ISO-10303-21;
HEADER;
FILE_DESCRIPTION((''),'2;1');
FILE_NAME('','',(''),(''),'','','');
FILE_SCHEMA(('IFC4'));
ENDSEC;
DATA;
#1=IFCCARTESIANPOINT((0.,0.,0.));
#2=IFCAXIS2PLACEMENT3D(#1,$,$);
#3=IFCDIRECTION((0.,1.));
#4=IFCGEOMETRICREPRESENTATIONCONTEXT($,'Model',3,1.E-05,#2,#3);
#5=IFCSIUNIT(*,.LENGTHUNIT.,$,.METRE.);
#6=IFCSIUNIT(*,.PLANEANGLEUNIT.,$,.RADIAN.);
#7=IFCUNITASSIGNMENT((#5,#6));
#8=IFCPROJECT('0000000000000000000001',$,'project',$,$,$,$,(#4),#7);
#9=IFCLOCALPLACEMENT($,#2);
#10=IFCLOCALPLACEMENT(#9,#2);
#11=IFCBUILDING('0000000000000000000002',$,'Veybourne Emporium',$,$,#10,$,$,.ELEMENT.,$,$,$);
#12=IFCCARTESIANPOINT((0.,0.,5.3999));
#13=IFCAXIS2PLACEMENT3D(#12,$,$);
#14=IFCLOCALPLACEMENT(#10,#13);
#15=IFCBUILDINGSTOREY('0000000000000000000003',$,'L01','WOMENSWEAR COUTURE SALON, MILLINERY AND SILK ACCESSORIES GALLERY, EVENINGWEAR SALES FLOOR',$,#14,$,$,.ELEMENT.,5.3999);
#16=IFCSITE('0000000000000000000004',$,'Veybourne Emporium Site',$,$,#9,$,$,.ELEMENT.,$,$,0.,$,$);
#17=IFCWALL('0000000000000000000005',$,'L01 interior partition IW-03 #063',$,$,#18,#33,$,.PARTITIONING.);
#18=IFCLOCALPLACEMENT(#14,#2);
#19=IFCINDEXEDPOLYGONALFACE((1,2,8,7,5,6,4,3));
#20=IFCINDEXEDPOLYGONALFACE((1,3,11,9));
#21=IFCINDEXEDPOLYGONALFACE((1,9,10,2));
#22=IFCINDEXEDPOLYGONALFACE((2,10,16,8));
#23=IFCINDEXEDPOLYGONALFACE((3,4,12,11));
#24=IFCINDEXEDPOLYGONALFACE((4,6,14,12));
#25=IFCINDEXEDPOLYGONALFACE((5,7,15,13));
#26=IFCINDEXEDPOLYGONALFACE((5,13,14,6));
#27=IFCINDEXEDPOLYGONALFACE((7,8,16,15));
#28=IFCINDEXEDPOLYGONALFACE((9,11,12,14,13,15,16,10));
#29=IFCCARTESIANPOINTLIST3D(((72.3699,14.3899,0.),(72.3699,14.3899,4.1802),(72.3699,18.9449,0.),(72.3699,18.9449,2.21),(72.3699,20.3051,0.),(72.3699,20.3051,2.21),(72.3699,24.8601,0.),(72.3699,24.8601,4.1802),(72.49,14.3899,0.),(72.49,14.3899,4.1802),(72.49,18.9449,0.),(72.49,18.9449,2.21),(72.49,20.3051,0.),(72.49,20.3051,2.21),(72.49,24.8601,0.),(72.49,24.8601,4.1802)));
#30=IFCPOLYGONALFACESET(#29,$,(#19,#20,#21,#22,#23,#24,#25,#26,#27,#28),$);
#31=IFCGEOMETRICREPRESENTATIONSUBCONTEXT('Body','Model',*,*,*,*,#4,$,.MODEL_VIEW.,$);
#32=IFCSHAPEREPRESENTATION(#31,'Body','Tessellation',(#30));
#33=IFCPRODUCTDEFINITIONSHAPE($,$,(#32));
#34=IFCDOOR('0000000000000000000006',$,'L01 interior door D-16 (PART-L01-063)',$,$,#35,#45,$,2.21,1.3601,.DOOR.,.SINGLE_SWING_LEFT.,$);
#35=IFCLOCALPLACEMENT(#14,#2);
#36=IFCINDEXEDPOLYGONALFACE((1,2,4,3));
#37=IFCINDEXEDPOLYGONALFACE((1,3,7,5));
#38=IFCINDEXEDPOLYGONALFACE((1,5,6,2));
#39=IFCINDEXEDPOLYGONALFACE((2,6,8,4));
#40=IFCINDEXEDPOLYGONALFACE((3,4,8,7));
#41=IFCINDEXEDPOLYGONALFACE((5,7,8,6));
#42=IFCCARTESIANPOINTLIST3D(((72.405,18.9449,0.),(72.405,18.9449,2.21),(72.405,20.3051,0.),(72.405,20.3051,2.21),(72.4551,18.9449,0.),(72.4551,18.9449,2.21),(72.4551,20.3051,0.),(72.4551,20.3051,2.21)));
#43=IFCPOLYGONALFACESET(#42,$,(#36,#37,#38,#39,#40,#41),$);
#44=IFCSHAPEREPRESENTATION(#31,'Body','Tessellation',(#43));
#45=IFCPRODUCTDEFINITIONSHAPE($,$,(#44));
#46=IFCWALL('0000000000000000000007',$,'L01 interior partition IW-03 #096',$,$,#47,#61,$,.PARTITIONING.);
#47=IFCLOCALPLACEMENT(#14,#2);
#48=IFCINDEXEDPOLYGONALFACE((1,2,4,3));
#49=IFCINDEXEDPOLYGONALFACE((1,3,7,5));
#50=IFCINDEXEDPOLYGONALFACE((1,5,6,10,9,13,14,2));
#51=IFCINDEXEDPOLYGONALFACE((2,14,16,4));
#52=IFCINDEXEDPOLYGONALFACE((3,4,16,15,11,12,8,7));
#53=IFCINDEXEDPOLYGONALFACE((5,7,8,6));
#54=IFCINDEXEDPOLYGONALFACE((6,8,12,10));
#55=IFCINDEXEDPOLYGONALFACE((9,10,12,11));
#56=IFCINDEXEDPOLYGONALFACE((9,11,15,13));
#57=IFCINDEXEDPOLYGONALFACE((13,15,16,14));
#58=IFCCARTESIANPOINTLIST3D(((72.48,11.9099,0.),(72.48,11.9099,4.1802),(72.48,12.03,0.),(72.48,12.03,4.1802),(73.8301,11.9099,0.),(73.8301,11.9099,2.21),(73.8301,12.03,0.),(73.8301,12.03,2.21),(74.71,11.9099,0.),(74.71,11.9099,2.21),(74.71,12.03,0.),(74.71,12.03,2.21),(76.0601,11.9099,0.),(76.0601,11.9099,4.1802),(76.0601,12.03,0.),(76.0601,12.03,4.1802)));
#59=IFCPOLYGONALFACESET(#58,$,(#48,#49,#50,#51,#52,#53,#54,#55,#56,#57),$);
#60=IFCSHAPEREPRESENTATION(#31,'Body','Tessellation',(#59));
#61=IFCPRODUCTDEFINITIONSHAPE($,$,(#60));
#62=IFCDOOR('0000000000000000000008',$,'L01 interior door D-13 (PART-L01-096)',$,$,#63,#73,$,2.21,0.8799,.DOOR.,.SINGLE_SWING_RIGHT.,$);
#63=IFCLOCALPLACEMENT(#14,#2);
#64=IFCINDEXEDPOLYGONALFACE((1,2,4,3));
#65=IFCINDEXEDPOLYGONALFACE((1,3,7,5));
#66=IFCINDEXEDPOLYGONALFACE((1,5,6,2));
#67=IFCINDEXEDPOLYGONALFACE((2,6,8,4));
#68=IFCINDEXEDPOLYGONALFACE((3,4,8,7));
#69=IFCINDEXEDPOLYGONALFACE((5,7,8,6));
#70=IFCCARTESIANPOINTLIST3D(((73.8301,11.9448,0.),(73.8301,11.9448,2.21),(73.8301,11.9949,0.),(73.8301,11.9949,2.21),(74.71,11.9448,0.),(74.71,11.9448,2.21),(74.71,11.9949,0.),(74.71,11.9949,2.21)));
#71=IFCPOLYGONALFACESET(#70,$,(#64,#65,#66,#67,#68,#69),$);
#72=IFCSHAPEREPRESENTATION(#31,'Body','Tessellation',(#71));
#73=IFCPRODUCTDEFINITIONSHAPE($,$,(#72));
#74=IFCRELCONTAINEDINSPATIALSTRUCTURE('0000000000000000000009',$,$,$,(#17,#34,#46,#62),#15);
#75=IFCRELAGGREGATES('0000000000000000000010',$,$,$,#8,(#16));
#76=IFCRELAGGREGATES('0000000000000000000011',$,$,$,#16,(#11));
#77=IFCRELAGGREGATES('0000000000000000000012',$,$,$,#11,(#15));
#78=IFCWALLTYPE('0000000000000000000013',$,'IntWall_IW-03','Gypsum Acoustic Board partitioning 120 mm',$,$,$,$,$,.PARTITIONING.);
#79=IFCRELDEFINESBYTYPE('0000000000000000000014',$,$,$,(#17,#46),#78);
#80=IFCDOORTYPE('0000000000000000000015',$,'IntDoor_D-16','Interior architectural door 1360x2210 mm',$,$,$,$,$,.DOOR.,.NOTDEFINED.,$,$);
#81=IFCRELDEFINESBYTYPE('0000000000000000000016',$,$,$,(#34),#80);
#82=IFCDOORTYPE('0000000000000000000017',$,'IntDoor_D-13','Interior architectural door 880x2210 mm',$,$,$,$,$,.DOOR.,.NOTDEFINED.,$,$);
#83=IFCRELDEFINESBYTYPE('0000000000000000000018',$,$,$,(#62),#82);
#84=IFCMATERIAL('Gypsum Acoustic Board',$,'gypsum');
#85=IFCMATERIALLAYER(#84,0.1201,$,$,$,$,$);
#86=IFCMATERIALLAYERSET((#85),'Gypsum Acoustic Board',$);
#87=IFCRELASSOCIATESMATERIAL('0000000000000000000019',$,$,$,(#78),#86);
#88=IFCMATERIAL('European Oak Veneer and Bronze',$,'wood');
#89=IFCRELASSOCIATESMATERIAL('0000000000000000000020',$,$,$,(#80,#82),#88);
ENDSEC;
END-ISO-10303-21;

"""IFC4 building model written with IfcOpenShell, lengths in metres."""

from ifc_helpers import new_model, si_unit, direction, frame, frame_2d, origin, place, context, subcontext, project, spatial, rectangle, extrude, material, layer, layer_set, type_object, element, fill, save


model = new_model("IFC4")

# Units and contexts
model_context = context("Model", 3, precision=1e-05, world=origin(), true_north=direction((0.0, 1.0)))
body_context = subcontext(model_context, "Body", "Model", "MODEL_VIEW")
ifc_project = project(units=[si_unit("LENGTHUNIT", "METRE"), si_unit("PLANEANGLEUNIT", "RADIAN")], contexts=[model_context])

# Site, building, storey
site_placement = place(None, origin())
site = spatial("IfcSite", under=ifc_project, at=site_placement, Name="Veybourne Emporium Site", CompositionType="ELEMENT", RefElevation=0.0)
building_placement = place(site_placement, origin())
building = spatial("IfcBuilding", under=site, at=building_placement, Name="Veybourne Emporium", CompositionType="ELEMENT")
storey_placement = place(building_placement, frame((0.0, 0.0, 5.3999)))
storey = spatial("IfcBuildingStorey", under=building, at=storey_placement, Name="L01", Description="WOMENSWEAR COUTURE SALON, MILLINERY AND SILK ACCESSORIES GALLERY, EVENINGWEAR SALES FLOOR", CompositionType="ELEMENT", Elevation=5.3999)

# Shared definitions
ifc_material_1 = material(Name="Gypsum Acoustic Board", Category="gypsum")
ifc_material_2 = material(Name="European Oak Veneer and Bronze", Category="wood")

# Walls, openings, doors
ifc_layer_1 = layer(ifc_material_1, 0.1201)
ifc_layer_set_1 = layer_set([ifc_layer_1], Name="Gypsum Acoustic Board")
wall_type_1 = type_object("IfcWallType", Name="IntWall_IW-03", Description="Gypsum Acoustic Board partitioning 120 mm", PredefinedType="PARTITIONING", material=ifc_layer_set_1)
wall_1_placement = place(storey_placement, frame((72.4299, 14.3899, 0.0), z_axis=(0.0, 0.0, 1.0), x_axis=(0.0, 1.0, 0.0)))
wall_1 = element("IfcWall", 1, at=wall_1_placement, inside=storey, type_object=wall_type_1, Name="L01 interior partition IW-03 #063", PredefinedType="PARTITIONING", context=body_context, shape_type="SweptSolid", body=[
    extrude(rectangle(XDim=10.4702, YDim=0.1201, at=frame_2d((5.2351, 0.0))), origin(), (0.0, 0.0, 1.0), 4.1802),
])
opening_1_placement = place(wall_1_placement, frame((4.5549, 0.0, 0.0)))
opening_1 = element("IfcOpeningElement", 2, at=opening_1_placement, cuts=wall_1, PredefinedType="OPENING", context=body_context, shape_type="SweptSolid", body=[
    extrude(rectangle(XDim=1.3601, YDim=2.21, at=frame_2d((0.6802, 1.105))), frame((0.0, 0.0801, 0.0), z_axis=(0.0, -1.0, 0.0), x_axis=(1.0, 0.0, 0.0)), (0.0, 0.0, 1.0), 0.1602),
])
door_type_1 = type_object("IfcDoorType", Name="IntDoor_D-16", Description="Interior architectural door 1360x2210 mm", OperationType="NOTDEFINED", PredefinedType="DOOR", material=ifc_material_2)
door_1_placement = place(opening_1_placement, origin())
door_1 = element("IfcDoor", 3, at=door_1_placement, inside=storey, type_object=door_type_1, Name="L01 interior door D-16 (PART-L01-063)", OperationType="SINGLE_SWING_LEFT", OverallHeight=2.21, OverallWidth=1.3601, PredefinedType="DOOR", context=body_context, shape_type="SweptSolid", body=[
    extrude(rectangle(XDim=1.3601, YDim=2.21, at=frame_2d((0.6802, 1.105))), frame((0.0, 0.0249, 0.0), z_axis=(0.0, -1.0, 0.0), x_axis=(1.0, 0.0, 0.0)), (0.0, 0.0, 1.0), 0.05),
])
fill(opening_1, door_1)
wall_2_placement = place(storey_placement, frame((72.48, 11.97, 0.0), z_axis=(0.0, 0.0, 1.0), x_axis=(1.0, 0.0, 0.0)))
wall_2 = element("IfcWall", 4, at=wall_2_placement, inside=storey, type_object=wall_type_1, Name="L01 interior partition IW-03 #096", PredefinedType="PARTITIONING", context=body_context, shape_type="SweptSolid", body=[
    extrude(rectangle(XDim=3.5801, YDim=0.1201, at=frame_2d((1.79, 0.0))), origin(), (0.0, 0.0, 1.0), 4.1802),
])
opening_2_placement = place(wall_2_placement, frame((1.3501, 0.0, 0.0)))
opening_2 = element("IfcOpeningElement", 5, at=opening_2_placement, cuts=wall_2, PredefinedType="OPENING", context=body_context, shape_type="SweptSolid", body=[
    extrude(rectangle(XDim=0.8799, YDim=2.21, at=frame_2d((0.4399, 1.105))), frame((0.0, 0.0801, 0.0), z_axis=(0.0, -1.0, 0.0), x_axis=(1.0, 0.0, 0.0)), (0.0, 0.0, 1.0), 0.1602),
])
door_type_2 = type_object("IfcDoorType", Name="IntDoor_D-13", Description="Interior architectural door 880x2210 mm", OperationType="NOTDEFINED", PredefinedType="DOOR", material=ifc_material_2)
door_2_placement = place(opening_2_placement, origin())
door_2 = element("IfcDoor", 6, at=door_2_placement, inside=storey, type_object=door_type_2, Name="L01 interior door D-13 (PART-L01-096)", OperationType="SINGLE_SWING_RIGHT", OverallHeight=2.21, OverallWidth=0.8799, PredefinedType="DOOR", context=body_context, shape_type="SweptSolid", body=[
    extrude(rectangle(XDim=0.8799, YDim=2.21, at=frame_2d((0.4399, 1.105))), frame((0.0, 0.0249, 0.0), z_axis=(0.0, -1.0, 0.0), x_axis=(1.0, 0.0, 0.0)), (0.0, 0.0, 1.0), 0.05),
])
fill(opening_2, door_2)

save(model, "model.ifc")
